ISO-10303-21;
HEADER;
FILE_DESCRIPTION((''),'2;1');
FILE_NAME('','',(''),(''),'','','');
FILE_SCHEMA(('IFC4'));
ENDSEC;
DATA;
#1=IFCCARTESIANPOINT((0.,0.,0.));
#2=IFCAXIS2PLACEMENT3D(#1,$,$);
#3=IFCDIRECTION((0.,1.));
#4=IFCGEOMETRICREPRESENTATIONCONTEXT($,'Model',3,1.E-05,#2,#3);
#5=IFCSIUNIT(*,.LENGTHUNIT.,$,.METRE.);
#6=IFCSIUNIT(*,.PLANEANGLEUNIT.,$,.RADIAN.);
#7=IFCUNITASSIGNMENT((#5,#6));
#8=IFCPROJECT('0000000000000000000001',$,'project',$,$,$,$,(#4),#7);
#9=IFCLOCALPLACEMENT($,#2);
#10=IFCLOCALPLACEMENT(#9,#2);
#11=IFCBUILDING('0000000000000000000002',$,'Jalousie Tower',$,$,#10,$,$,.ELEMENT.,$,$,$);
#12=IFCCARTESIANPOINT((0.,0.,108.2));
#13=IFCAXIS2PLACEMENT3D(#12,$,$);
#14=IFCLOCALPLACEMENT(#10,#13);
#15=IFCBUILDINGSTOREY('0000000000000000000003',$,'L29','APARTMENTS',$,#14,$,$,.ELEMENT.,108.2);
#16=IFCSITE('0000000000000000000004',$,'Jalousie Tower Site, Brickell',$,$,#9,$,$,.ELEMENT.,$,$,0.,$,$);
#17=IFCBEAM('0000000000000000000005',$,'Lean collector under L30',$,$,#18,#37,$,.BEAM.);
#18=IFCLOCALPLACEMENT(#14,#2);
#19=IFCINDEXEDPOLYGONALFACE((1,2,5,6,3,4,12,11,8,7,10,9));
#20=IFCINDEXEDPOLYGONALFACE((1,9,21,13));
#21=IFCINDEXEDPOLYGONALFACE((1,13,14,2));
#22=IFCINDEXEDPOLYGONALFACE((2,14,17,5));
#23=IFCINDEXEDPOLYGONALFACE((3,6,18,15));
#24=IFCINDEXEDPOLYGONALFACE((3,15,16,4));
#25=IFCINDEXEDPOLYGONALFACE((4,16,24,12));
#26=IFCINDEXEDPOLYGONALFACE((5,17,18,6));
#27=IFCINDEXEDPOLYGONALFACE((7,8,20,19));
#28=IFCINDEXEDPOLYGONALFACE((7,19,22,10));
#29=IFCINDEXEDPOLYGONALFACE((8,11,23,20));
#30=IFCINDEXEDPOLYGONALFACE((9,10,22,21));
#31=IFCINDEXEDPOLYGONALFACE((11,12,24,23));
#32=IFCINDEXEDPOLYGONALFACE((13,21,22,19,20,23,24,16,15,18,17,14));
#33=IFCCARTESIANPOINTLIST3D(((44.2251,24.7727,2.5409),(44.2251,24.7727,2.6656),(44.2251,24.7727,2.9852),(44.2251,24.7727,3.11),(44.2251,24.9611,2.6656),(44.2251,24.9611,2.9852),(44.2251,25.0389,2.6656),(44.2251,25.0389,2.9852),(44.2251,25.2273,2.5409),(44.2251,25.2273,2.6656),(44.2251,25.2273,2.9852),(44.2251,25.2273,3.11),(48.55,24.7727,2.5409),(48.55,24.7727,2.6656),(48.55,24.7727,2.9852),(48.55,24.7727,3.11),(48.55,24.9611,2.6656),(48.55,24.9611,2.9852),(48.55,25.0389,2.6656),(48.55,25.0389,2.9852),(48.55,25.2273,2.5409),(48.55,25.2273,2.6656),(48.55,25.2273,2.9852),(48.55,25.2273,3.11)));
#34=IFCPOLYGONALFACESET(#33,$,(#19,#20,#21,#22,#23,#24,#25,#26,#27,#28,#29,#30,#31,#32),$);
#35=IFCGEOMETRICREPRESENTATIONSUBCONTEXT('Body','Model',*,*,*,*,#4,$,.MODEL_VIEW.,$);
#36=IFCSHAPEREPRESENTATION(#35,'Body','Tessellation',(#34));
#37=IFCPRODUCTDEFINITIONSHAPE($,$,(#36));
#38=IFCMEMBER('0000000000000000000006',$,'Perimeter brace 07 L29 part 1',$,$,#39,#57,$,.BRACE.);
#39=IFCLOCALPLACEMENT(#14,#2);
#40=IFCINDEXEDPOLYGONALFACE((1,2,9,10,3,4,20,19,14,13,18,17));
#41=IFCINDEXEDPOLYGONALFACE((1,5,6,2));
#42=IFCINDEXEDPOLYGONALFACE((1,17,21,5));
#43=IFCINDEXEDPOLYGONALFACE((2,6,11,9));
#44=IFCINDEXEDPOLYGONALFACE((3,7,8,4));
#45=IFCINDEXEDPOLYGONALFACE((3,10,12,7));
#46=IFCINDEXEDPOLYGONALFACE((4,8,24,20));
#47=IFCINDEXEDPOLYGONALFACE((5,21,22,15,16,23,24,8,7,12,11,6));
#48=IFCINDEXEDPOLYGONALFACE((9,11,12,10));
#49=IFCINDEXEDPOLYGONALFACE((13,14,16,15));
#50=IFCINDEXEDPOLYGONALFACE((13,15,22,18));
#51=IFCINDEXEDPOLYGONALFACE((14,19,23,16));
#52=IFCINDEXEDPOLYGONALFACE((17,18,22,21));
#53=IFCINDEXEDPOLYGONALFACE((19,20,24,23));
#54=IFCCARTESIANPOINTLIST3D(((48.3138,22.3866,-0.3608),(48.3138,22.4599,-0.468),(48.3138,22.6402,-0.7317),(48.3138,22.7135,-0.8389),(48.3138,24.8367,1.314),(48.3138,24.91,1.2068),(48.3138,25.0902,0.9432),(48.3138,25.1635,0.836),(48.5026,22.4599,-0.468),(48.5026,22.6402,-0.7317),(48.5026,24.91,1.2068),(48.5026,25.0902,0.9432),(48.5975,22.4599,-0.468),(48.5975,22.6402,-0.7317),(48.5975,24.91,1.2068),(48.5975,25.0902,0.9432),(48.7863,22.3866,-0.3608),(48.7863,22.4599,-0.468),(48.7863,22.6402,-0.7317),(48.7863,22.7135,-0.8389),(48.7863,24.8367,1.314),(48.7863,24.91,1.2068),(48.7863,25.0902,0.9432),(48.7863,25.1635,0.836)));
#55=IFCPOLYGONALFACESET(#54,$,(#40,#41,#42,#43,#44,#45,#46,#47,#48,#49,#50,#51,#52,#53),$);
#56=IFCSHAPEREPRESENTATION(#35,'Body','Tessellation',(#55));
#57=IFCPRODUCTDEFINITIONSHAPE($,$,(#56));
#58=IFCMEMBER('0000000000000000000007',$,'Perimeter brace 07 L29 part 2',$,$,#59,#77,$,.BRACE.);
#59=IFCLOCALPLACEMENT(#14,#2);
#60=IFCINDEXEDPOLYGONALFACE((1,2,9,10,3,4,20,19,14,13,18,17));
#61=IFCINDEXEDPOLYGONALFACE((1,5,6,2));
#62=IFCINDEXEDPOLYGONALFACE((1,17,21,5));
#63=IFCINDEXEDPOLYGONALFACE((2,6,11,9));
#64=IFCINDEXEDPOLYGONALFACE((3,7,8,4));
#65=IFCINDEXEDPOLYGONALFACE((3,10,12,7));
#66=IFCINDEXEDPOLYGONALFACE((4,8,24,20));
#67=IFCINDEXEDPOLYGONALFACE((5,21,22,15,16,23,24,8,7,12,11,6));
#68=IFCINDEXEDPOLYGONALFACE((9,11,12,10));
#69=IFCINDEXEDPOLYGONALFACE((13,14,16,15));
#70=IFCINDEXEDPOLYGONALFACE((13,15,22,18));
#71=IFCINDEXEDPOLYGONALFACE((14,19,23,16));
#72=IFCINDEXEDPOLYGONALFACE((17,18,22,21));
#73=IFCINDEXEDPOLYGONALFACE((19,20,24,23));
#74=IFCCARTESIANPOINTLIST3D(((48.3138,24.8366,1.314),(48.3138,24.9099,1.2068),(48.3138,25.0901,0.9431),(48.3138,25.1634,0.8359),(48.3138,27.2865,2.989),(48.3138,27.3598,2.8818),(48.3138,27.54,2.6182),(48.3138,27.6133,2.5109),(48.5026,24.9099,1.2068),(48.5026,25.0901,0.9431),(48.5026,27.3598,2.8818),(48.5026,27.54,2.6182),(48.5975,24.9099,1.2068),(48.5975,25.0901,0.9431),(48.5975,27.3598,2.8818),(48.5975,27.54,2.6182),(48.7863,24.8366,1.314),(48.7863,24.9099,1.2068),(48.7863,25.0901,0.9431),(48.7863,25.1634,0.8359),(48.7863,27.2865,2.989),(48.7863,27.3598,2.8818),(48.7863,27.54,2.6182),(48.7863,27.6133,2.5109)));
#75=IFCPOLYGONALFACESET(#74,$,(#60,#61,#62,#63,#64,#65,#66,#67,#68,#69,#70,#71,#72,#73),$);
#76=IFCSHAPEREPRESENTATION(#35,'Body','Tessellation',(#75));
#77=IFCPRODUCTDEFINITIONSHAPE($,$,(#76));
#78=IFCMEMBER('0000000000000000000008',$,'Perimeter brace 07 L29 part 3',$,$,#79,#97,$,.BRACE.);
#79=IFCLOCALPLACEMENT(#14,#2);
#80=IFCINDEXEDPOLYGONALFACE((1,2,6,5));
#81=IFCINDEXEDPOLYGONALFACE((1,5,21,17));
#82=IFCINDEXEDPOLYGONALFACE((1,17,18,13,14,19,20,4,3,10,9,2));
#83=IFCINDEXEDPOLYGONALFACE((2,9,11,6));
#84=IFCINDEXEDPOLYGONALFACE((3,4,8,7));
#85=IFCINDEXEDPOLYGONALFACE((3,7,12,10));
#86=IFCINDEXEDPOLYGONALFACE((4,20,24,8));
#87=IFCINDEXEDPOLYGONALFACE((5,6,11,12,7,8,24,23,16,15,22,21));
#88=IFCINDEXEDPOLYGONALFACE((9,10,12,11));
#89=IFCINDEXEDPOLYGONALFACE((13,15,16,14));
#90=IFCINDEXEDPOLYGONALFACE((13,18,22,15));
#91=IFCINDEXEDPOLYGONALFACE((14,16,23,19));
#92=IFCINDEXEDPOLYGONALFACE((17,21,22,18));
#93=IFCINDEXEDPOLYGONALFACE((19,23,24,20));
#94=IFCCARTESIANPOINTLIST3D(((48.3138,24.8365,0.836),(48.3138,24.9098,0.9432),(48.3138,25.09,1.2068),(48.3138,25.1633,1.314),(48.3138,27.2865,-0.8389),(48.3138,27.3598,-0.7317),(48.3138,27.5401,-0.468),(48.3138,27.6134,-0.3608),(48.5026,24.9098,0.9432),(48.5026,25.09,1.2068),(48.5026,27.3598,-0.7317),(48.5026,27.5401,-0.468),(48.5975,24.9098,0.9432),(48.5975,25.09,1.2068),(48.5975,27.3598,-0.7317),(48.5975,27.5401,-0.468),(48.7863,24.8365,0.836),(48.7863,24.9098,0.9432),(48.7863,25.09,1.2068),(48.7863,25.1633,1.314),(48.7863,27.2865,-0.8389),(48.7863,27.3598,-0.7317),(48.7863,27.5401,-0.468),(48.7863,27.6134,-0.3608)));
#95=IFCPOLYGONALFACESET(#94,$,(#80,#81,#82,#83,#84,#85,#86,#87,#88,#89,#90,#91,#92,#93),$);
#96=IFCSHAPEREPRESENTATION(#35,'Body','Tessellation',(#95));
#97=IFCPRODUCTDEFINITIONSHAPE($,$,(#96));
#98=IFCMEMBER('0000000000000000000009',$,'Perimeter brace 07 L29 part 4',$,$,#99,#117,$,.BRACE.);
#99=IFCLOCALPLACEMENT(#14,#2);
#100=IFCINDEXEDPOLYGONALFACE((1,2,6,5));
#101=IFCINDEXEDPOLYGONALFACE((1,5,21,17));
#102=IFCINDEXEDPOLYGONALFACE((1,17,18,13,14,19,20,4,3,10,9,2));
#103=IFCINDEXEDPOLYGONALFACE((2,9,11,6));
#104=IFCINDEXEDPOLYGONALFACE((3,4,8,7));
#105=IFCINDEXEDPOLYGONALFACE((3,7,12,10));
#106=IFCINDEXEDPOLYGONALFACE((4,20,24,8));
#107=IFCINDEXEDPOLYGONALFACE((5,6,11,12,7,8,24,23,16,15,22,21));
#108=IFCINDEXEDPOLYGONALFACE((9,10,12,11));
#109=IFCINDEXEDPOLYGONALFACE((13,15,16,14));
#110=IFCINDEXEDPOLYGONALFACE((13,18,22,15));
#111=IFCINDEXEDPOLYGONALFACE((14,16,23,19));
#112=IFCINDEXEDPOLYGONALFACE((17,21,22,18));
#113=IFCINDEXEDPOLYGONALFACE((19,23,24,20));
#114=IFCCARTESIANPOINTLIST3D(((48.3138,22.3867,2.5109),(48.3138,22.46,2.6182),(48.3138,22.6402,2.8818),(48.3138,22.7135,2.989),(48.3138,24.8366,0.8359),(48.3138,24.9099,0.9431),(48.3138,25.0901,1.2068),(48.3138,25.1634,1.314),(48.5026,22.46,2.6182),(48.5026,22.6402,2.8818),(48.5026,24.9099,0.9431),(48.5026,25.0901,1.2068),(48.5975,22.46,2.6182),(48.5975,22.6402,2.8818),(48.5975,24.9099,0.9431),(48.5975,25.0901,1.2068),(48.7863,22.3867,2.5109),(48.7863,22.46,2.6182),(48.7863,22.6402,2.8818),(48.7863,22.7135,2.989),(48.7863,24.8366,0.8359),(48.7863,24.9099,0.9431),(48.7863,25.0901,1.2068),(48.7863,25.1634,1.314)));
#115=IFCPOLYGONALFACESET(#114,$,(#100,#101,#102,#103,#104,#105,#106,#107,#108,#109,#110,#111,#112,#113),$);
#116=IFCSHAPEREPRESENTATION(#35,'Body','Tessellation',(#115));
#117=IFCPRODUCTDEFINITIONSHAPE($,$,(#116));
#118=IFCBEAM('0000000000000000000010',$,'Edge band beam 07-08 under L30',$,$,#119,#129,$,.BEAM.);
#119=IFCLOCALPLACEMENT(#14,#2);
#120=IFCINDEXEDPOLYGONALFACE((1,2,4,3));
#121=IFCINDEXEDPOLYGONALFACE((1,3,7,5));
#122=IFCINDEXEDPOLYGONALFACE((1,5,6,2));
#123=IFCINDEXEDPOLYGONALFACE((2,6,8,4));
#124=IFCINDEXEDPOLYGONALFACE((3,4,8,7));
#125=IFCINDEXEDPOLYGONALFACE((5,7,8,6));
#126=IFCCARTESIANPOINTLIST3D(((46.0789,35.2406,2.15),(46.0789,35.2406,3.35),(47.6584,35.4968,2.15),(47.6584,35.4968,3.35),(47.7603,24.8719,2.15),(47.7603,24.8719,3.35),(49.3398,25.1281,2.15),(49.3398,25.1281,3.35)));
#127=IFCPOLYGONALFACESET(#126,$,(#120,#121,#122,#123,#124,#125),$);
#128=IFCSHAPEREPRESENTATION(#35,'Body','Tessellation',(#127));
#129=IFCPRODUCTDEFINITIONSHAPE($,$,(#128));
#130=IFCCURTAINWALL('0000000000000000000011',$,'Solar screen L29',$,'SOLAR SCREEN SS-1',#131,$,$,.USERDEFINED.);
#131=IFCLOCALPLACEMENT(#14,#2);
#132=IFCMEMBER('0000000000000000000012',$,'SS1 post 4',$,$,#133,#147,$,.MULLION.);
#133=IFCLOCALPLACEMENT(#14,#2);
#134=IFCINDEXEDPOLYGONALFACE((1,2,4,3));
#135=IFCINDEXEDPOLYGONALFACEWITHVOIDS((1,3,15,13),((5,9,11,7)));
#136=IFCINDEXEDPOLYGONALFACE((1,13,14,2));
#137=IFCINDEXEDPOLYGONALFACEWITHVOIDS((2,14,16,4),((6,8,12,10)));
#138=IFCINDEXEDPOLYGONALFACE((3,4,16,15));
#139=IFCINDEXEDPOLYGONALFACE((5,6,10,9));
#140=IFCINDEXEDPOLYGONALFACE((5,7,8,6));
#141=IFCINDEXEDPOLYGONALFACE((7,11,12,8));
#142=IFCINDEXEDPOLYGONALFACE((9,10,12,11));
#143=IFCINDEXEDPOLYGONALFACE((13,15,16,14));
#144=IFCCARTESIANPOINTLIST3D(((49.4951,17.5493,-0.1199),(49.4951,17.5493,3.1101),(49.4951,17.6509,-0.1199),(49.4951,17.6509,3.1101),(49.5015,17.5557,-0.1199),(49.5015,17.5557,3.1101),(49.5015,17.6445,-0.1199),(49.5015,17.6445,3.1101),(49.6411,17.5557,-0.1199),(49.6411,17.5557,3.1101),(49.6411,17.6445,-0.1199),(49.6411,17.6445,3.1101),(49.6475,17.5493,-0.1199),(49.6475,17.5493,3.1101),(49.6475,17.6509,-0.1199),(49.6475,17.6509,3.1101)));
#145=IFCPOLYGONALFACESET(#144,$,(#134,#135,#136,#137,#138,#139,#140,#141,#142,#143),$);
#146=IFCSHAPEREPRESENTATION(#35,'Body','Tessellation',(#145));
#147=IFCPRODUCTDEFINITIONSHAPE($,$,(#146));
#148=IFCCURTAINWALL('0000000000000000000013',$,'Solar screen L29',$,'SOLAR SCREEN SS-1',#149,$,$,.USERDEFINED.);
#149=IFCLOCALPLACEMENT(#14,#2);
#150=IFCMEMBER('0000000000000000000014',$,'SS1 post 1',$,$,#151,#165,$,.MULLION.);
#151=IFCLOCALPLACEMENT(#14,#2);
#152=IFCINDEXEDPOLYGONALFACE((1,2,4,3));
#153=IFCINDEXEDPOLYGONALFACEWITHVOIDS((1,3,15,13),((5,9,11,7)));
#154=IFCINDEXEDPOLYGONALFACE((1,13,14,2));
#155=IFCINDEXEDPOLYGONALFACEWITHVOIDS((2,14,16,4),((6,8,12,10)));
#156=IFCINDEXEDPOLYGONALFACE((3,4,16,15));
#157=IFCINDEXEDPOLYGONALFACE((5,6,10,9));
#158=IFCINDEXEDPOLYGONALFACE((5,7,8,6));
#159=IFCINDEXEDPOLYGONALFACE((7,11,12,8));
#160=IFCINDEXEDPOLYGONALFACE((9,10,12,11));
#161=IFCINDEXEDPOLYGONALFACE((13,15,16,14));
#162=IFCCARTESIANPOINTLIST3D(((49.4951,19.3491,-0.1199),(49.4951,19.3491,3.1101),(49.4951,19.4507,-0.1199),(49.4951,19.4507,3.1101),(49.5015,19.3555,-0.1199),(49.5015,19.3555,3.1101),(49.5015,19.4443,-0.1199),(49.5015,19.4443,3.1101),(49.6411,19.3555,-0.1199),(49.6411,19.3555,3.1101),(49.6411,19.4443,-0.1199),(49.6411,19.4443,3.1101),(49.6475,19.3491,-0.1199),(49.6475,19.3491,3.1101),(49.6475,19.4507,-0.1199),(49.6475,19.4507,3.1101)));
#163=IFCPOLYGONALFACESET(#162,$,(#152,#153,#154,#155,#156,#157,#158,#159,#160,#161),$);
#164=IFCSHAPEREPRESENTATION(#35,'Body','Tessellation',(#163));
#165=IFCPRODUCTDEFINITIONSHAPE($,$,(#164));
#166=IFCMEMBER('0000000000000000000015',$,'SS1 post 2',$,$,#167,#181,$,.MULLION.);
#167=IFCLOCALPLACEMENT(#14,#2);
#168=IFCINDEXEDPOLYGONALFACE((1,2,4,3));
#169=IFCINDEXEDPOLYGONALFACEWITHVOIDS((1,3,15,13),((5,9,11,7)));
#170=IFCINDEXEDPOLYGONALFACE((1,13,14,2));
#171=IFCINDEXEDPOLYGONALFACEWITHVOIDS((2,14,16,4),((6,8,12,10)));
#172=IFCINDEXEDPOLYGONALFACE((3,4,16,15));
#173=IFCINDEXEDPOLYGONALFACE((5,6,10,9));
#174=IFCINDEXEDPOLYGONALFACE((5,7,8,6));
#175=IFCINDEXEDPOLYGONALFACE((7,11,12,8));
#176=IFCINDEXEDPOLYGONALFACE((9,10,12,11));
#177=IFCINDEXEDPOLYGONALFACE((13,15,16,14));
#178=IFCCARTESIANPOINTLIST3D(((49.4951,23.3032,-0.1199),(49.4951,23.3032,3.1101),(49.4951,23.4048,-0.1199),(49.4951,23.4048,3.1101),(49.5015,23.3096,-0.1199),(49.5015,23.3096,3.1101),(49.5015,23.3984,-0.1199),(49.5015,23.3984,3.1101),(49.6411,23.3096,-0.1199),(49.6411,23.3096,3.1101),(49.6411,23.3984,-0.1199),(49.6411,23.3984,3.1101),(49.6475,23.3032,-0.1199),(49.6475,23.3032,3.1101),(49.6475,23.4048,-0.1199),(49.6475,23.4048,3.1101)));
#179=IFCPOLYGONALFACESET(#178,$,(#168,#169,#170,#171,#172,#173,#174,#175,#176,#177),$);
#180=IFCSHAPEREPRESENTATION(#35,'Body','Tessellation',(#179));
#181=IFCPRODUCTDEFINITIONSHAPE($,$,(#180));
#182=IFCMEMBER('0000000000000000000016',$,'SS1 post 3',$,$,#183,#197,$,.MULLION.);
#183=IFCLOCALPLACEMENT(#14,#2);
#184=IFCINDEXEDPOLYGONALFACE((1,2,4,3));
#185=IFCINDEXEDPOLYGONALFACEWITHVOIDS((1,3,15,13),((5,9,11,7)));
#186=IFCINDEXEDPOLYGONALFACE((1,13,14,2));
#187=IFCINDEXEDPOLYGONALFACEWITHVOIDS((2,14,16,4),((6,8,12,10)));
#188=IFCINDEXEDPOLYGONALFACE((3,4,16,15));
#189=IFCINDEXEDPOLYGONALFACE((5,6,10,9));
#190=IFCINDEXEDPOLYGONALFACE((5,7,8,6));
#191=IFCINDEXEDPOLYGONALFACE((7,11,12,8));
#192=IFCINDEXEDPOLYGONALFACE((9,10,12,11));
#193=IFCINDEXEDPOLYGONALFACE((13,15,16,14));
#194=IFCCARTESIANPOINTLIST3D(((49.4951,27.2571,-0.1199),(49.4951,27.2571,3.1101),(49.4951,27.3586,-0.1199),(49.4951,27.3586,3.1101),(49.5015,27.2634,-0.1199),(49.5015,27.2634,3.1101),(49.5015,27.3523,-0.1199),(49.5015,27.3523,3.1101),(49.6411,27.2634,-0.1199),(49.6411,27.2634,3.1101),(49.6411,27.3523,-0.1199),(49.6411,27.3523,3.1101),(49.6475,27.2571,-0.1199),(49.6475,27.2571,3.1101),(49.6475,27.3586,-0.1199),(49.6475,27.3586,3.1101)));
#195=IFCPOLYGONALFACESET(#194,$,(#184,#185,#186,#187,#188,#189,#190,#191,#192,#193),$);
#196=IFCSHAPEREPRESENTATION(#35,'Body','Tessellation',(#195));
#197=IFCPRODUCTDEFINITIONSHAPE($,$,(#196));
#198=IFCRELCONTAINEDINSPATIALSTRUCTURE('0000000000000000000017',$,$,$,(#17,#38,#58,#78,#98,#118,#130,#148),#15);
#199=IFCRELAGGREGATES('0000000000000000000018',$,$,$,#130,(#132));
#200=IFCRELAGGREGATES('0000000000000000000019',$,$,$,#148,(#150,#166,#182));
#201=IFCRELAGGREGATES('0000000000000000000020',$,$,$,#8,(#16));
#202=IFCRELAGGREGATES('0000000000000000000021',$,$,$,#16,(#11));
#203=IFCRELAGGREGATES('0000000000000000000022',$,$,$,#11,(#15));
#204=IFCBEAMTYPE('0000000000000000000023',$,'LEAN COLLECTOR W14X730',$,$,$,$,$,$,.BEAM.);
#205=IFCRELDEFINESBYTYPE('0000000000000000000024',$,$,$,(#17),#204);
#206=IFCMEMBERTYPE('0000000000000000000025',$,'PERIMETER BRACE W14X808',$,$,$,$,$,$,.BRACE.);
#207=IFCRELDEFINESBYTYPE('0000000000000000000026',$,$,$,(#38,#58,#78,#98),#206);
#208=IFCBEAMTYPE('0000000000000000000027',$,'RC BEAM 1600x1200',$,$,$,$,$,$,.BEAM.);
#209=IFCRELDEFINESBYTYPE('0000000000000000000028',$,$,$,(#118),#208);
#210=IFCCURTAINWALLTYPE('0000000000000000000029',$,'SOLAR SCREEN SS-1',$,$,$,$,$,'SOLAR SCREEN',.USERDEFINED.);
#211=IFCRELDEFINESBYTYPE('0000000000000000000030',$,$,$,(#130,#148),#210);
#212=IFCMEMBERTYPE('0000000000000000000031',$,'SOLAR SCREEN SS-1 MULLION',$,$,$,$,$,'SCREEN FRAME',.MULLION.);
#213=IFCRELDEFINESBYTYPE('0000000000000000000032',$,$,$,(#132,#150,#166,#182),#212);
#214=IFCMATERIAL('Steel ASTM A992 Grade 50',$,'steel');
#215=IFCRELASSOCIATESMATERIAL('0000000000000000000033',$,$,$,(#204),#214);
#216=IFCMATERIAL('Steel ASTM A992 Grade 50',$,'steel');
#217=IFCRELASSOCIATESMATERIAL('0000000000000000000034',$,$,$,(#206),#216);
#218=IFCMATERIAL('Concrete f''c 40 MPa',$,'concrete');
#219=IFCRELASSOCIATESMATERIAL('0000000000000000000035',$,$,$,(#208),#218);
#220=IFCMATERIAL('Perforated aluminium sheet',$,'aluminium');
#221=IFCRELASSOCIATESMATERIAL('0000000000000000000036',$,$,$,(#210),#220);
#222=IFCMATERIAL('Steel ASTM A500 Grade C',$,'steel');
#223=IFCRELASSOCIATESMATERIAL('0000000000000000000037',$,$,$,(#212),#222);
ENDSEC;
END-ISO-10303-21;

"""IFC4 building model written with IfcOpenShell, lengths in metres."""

from ifc_helpers import new_model, si_unit, direction, frame, origin, origin_2d, place, context, subcontext, project, spatial, rectangle, hollow_rectangle, i_section, extrude, material, material_profile, profile_set, type_object, element, aggregate, save


model = new_model("IFC4")

# Units and contexts
model_context = context("Model", 3, precision=1e-05, world=origin(), true_north=direction((0.0, 1.0)))
body_context = subcontext(model_context, "Body", "Model", "MODEL_VIEW")
ifc_project = project(units=[si_unit("LENGTHUNIT", "METRE"), si_unit("PLANEANGLEUNIT", "RADIAN")], contexts=[model_context])

# Site, building, storey
site_placement = place(None, origin())
site = spatial("IfcSite", under=ifc_project, at=site_placement, Name="Jalousie Tower Site, Brickell", CompositionType="ELEMENT", RefElevation=0.0)
building_placement = place(site_placement, origin())
building = spatial("IfcBuilding", under=site, at=building_placement, Name="Jalousie Tower", CompositionType="ELEMENT")
storey_placement = place(building_placement, frame((0.0, 0.0, 108.2)))
storey = spatial("IfcBuildingStorey", under=building, at=storey_placement, Name="L29", Description="APARTMENTS", CompositionType="ELEMENT", Elevation=108.2)

# Beam
ifc_material_1 = material(Name="Steel ASTM A992 Grade 50", Category="steel")
ifc_material_profile_1 = material_profile(ifc_material_1, i_section(OverallWidth=0.4546, OverallDepth=0.5691, WebThickness=0.0779, FlangeThickness=0.1248, at=origin_2d()), Name="W14X730")
ifc_profile_set_1 = profile_set([ifc_material_profile_1], Name="Steel ASTM A992 Grade 50")
beam_type_1 = type_object("IfcBeamType", Name="LEAN COLLECTOR W14X730", PredefinedType="BEAM", material=ifc_profile_set_1)
beam_1_placement = place(storey_placement, frame((48.55, 25.0, 2.8254), z_axis=(-1.0, 0.0, 0.0), x_axis=(0.0, -1.0, 0.0)))
element("IfcBeam", 1, at=beam_1_placement, inside=storey, type_object=beam_type_1, Name="Lean collector under L30", PredefinedType="BEAM", context=body_context, shape_type="SweptSolid", body=[
    extrude(i_section(OverallWidth=0.4546, OverallDepth=0.5691, WebThickness=0.0779, FlangeThickness=0.1248, at=origin_2d()), origin(), (0.0, 0.0, 1.0), 4.325),
])

# Members
ifc_material_2 = material(Name="Steel ASTM A992 Grade 50", Category="steel")
ifc_material_profile_2 = material_profile(ifc_material_2, i_section(OverallWidth=0.4724, OverallDepth=0.5791, WebThickness=0.095, FlangeThickness=0.1299, at=origin_2d()), Name="W14X808")
ifc_profile_set_2 = profile_set([ifc_material_profile_2], Name="Steel ASTM A992 Grade 50")
member_type_1 = type_object("IfcMemberType", Name="PERIMETER BRACE W14X808", PredefinedType="BRACE", material=ifc_profile_set_2)
for number, where, z_axis, x_axis, name in (
    (2, (48.55, 22.55, -0.5999), (0.0, 0.825539, 0.564345), (-1.0, 0.0, 0.0), "Perimeter brace 07 L29 part 1"),
    (3, (48.55, 25.0, 1.075), (0.0, 0.825501, 0.564401), (-1.0, 0.0, 0.0), "Perimeter brace 07 L29 part 2"),
    (4, (48.55, 27.45, -0.5999), (0.0, -0.825539, 0.564345), (1.0, 0.0, 0.0), "Perimeter brace 07 L29 part 3"),
    (5, (48.55, 25.0, 1.075), (0.0, -0.825501, 0.564401), (1.0, 0.0, 0.0), "Perimeter brace 07 L29 part 4"),
):
    element("IfcMember", number, at=place(storey_placement, frame(where, z_axis=z_axis, x_axis=x_axis)), inside=storey, type_object=member_type_1, Name=name, PredefinedType="BRACE", context=body_context, shape_type="SweptSolid", body=[
        extrude(i_section(OverallWidth=0.4724, OverallDepth=0.5791, WebThickness=0.095, FlangeThickness=0.1299, at=origin_2d()), origin(), (0.0, 0.0, 1.0), 2.9678),
    ])

# Beam
ifc_material_3 = material(Name="Concrete f'c 40 MPa", Category="concrete")
ifc_material_profile_3 = material_profile(ifc_material_3, rectangle(XDim=1.6001, YDim=1.2, at=origin_2d()), Name="RC 1600x1200")
ifc_profile_set_3 = profile_set([ifc_material_profile_3], Name="Concrete f'c 40 MPa")
beam_type_2 = type_object("IfcBeamType", Name="RC BEAM 1600x1200", PredefinedType="BEAM", material=ifc_profile_set_3)
beam_2_placement = place(storey_placement, frame((48.55, 25.0, 2.75), z_axis=(-0.160071, 0.987106, 0.0), x_axis=(-0.987106, -0.160071, 0.0)))
element("IfcBeam", 6, at=beam_2_placement, inside=storey, type_object=beam_type_2, Name="Edge band beam 07-08 under L30", PredefinedType="BEAM", context=body_context, shape_type="SweptSolid", body=[
    extrude(rectangle(XDim=1.6001, YDim=1.2, at=origin_2d()), origin(), (0.0, 0.0, 1.0), 10.5042),
])

# Curtain wall, member
ifc_material_4 = material(Name="Perforated aluminium sheet", Category="aluminium")
curtain_wall_type = type_object("IfcCurtainWallType", Name="SOLAR SCREEN SS-1", ElementType="SOLAR SCREEN", PredefinedType="USERDEFINED", material=ifc_material_4)
curtain_wall_1_placement = place(storey_placement, origin())
curtain_wall_1 = element("IfcCurtainWall", 7, at=curtain_wall_1_placement, inside=storey, type_object=curtain_wall_type, Name="Solar screen L29", ObjectType="SOLAR SCREEN SS-1", PredefinedType="USERDEFINED")
ifc_material_5 = material(Name="Steel ASTM A500 Grade C", Category="steel")
ifc_material_profile_4 = material_profile(ifc_material_5, hollow_rectangle(XDim=0.1016, YDim=0.1523, WallThickness=0.0063, at=origin_2d()), Name="HSS6X4X1/4")
ifc_profile_set_4 = profile_set([ifc_material_profile_4], Name="Steel ASTM A500 Grade C")
member_type_2 = type_object("IfcMemberType", Name="SOLAR SCREEN SS-1 MULLION", ElementType="SCREEN FRAME", PredefinedType="MULLION", material=ifc_profile_set_4)
member_1_placement = place(storey_placement, frame((49.5713, 17.6001, -0.1199), z_axis=(0.0, 0.0, 1.0), x_axis=(0.0, 1.0, 0.0)))
member_1 = element("IfcMember", 8, at=member_1_placement, type_object=member_type_2, Name="SS1 post 4", PredefinedType="MULLION", context=body_context, shape_type="SweptSolid", body=[
    extrude(hollow_rectangle(XDim=0.1016, YDim=0.1523, WallThickness=0.0063, at=origin_2d()), origin(), (0.0, 0.0, 1.0), 3.23),
])
aggregate(curtain_wall_1, [member_1])

# Curtain wall, members
curtain_wall_2_placement = place(storey_placement, origin())
curtain_wall_2 = element("IfcCurtainWall", 9, at=curtain_wall_2_placement, inside=storey, type_object=curtain_wall_type, Name="Solar screen L29", ObjectType="SOLAR SCREEN SS-1", PredefinedType="USERDEFINED")
member_2_placement = place(storey_placement, frame((49.5713, 19.3999, -0.1199), z_axis=(0.0, 0.0, 1.0), x_axis=(0.0, 1.0, 0.0)))
member_2 = element("IfcMember", 10, at=member_2_placement, type_object=member_type_2, Name="SS1 post 1", PredefinedType="MULLION", context=body_context, shape_type="SweptSolid", body=[
    extrude(hollow_rectangle(XDim=0.1016, YDim=0.1523, WallThickness=0.0063, at=origin_2d()), origin(), (0.0, 0.0, 1.0), 3.23),
])
member_3_placement = place(storey_placement, frame((49.5713, 23.354, -0.1199), z_axis=(0.0, 0.0, 1.0), x_axis=(0.0, 1.0, 0.0)))
member_3 = element("IfcMember", 11, at=member_3_placement, type_object=member_type_2, Name="SS1 post 2", PredefinedType="MULLION", context=body_context, shape_type="SweptSolid", body=[
    extrude(hollow_rectangle(XDim=0.1016, YDim=0.1523, WallThickness=0.0063, at=origin_2d()), origin(), (0.0, 0.0, 1.0), 3.23),
])
member_4_placement = place(storey_placement, frame((49.5713, 27.3079, -0.1199), z_axis=(0.0, 0.0, 1.0), x_axis=(0.0, 1.0, 0.0)))
member_4 = element("IfcMember", 12, at=member_4_placement, type_object=member_type_2, Name="SS1 post 3", PredefinedType="MULLION", context=body_context, shape_type="SweptSolid", body=[
    extrude(hollow_rectangle(XDim=0.1016, YDim=0.1523, WallThickness=0.0063, at=origin_2d()), origin(), (0.0, 0.0, 1.0), 3.23),
])

aggregate(curtain_wall_2, [member_2, member_3, member_4])

save(model, "model.ifc")
